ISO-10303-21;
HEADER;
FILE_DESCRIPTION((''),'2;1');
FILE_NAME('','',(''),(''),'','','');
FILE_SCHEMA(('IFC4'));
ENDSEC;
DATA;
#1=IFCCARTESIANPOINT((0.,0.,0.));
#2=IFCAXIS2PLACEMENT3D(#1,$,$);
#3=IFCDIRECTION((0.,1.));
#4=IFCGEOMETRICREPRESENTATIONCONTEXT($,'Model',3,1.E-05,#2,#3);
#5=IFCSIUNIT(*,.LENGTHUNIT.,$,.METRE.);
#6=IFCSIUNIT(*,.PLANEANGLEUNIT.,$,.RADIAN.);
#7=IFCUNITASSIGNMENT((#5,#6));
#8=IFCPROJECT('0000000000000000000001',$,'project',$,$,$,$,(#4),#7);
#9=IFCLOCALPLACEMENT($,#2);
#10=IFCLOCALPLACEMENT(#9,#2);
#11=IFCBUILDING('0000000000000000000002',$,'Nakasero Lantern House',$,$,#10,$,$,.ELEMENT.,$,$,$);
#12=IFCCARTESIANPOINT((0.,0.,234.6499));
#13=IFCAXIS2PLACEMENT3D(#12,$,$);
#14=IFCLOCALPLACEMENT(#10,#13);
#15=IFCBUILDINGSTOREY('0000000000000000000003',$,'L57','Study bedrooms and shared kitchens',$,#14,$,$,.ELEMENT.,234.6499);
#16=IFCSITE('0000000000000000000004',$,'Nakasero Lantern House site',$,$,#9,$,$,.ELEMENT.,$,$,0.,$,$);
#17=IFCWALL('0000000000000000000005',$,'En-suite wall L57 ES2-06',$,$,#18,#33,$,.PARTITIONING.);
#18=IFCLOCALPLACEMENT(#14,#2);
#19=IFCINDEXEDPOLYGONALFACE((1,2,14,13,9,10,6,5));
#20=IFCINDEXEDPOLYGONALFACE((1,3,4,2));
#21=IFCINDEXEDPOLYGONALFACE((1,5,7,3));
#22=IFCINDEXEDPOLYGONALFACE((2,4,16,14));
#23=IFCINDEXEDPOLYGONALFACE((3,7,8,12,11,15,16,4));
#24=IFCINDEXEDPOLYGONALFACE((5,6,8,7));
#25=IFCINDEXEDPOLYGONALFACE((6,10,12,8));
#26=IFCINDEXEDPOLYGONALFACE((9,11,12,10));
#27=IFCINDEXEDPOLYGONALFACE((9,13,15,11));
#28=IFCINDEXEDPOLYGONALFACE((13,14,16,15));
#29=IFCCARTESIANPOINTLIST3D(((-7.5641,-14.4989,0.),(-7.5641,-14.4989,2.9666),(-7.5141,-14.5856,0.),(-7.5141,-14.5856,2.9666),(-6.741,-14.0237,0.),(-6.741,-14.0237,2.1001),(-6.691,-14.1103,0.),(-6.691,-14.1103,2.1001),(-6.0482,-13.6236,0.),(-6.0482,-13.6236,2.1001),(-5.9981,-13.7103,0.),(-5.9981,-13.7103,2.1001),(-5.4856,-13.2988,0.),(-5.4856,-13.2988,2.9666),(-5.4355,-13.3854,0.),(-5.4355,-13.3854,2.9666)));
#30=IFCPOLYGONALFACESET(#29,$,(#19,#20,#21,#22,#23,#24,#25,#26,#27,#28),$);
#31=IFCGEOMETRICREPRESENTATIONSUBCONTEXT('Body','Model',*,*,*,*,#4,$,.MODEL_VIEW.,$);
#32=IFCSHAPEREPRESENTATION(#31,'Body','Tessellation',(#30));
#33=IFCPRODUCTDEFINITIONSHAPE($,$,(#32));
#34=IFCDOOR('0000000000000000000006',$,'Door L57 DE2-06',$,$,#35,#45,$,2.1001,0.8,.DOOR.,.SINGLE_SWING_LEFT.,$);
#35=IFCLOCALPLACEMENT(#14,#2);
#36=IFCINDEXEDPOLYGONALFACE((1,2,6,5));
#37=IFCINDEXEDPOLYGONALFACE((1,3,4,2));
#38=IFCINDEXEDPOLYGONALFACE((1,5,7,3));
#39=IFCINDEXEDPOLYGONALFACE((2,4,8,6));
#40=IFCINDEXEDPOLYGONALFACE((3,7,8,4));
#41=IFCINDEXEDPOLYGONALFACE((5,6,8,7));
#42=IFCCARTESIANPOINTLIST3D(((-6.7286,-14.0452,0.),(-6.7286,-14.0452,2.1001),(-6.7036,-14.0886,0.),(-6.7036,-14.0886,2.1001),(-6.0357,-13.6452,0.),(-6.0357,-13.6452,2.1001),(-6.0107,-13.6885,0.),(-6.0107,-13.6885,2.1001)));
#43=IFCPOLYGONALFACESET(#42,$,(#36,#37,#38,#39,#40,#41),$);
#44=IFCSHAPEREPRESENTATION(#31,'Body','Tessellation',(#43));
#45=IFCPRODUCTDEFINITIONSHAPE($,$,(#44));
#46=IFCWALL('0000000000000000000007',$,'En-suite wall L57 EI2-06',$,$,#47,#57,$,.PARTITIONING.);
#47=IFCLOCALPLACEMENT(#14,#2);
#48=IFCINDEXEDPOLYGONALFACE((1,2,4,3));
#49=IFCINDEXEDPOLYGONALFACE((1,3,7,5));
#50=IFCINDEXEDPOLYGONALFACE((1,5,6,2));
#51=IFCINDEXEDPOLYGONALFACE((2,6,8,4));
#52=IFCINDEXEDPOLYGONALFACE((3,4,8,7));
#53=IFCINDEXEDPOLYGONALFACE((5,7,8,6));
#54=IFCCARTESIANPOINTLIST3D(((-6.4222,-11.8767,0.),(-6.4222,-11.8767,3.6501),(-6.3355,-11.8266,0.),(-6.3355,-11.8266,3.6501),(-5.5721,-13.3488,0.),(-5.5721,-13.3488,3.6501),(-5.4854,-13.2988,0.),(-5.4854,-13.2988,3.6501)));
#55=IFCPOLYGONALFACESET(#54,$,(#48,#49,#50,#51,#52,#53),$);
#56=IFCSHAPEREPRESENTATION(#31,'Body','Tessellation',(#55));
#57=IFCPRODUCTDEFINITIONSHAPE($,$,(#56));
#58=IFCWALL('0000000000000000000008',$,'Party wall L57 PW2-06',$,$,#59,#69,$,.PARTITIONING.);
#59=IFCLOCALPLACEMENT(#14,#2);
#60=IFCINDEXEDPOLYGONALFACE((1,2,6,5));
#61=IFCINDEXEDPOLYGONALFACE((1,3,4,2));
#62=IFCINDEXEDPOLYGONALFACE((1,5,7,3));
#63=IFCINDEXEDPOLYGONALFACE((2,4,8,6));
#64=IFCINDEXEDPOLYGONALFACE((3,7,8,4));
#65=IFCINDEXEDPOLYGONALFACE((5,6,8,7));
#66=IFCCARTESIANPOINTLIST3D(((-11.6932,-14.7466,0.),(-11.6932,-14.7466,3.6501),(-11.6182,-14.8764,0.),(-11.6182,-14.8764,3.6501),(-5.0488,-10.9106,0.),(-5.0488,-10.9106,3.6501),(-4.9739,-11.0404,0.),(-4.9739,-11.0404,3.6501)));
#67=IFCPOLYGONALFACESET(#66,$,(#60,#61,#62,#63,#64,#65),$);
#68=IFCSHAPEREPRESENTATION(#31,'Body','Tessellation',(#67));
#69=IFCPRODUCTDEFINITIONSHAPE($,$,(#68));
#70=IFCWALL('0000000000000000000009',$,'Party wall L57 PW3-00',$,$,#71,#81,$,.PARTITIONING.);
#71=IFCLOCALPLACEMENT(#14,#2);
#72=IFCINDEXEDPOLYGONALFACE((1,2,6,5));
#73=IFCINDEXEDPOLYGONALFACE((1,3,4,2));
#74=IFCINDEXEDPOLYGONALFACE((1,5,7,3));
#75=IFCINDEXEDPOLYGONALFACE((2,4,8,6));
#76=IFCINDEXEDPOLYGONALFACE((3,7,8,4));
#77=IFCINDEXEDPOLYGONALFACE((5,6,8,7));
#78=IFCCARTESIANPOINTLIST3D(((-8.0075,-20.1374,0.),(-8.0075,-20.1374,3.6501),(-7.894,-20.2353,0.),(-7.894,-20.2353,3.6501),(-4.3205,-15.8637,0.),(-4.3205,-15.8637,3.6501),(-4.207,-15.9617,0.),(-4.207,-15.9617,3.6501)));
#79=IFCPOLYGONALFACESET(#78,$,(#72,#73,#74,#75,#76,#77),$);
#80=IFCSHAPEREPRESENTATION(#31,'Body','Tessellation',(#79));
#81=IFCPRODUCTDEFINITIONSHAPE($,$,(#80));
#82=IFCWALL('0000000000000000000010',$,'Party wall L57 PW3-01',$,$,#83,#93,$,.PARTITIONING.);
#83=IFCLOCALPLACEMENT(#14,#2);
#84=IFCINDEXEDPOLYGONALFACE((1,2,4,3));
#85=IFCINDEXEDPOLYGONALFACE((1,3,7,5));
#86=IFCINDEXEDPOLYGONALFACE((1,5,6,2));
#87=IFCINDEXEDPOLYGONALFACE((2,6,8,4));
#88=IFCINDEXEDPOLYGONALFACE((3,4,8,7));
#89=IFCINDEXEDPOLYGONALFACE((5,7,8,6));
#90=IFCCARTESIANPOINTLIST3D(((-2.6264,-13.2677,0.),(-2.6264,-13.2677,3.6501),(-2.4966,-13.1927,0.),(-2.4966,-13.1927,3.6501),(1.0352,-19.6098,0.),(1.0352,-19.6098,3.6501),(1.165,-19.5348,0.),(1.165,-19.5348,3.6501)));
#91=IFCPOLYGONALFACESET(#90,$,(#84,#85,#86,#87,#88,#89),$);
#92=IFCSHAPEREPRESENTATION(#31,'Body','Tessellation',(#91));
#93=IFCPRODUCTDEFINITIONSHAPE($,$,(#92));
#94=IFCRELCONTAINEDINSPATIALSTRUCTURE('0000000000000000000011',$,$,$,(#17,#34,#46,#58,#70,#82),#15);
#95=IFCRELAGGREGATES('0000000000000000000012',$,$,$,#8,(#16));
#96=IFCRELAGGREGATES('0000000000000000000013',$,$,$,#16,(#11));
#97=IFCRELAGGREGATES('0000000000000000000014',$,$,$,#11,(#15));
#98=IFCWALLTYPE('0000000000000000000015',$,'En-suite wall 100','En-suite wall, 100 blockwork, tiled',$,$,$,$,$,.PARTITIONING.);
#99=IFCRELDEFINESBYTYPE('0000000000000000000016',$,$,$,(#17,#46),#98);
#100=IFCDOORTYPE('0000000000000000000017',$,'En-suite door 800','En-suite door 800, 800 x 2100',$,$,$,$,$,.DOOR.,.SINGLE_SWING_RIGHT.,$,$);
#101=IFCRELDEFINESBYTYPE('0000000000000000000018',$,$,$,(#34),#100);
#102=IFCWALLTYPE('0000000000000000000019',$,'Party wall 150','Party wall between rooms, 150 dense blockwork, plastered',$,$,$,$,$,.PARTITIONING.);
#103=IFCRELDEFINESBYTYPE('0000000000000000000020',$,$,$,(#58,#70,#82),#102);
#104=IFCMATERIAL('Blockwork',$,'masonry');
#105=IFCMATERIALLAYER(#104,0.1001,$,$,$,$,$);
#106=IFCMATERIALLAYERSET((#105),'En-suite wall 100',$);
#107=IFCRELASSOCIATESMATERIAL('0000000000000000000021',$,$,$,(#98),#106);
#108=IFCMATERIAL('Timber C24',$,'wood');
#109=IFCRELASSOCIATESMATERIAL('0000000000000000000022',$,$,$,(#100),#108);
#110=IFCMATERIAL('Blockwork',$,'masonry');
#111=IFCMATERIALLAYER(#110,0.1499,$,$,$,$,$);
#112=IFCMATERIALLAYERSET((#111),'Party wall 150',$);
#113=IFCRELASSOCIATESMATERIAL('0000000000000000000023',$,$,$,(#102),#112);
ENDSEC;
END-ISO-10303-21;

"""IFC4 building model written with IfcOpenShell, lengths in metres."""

from ifc_helpers import new_model, si_unit, direction, frame, frame_2d, origin, place, context, subcontext, project, spatial, rectangle, extrude, material, layer, layer_set, type_object, element, fill, save


model = new_model("IFC4")

# Units and contexts
model_context = context("Model", 3, precision=1e-05, world=origin(), true_north=direction((0.0, 1.0)))
body_context = subcontext(model_context, "Body", "Model", "MODEL_VIEW")
ifc_project = project(units=[si_unit("LENGTHUNIT", "METRE"), si_unit("PLANEANGLEUNIT", "RADIAN")], contexts=[model_context])

# Site, building, storey
site_placement = place(None, origin())
site = spatial("IfcSite", under=ifc_project, at=site_placement, Name="Nakasero Lantern House site", CompositionType="ELEMENT", RefElevation=0.0)
building_placement = place(site_placement, origin())
building = spatial("IfcBuilding", under=site, at=building_placement, Name="Nakasero Lantern House", CompositionType="ELEMENT")
storey_placement = place(building_placement, frame((0.0, 0.0, 234.6499)))
storey = spatial("IfcBuildingStorey", under=building, at=storey_placement, Name="L57", Description="Study bedrooms and shared kitchens", CompositionType="ELEMENT", Elevation=234.6499)

# Wall, opening, door
ifc_material_1 = material(Name="Blockwork", Category="masonry")
ifc_layer_1 = layer(ifc_material_1, 0.1001)
ifc_layer_set_1 = layer_set([ifc_layer_1], Name="En-suite wall 100")
wall_type_1 = type_object("IfcWallType", Name="En-suite wall 100", Description="En-suite wall, 100 blockwork, tiled", PredefinedType="PARTITIONING", material=ifc_layer_set_1)
wall_1_placement = place(storey_placement, frame((-5.4604, -13.342, 0.0), z_axis=(0.0, 0.0, 1.0), x_axis=(-0.866006, -0.500034, 0.0)))
wall_1 = element("IfcWall", 1, at=wall_1_placement, inside=storey, type_object=wall_type_1, Name="En-suite wall L57 ES2-06", PredefinedType="PARTITIONING", context=body_context, shape_type="SweptSolid", body=[
    extrude(rectangle(XDim=2.4001, YDim=0.1001, at=frame_2d((1.2002, 0.0))), origin(), (0.0, 0.0, 1.0), 2.9666),
])
opening_1_placement = place(wall_1_placement, frame((0.6499, 0.0, 0.0)))
opening_1 = element("IfcOpeningElement", 2, at=opening_1_placement, cuts=wall_1, PredefinedType="OPENING", context=body_context, shape_type="SweptSolid", body=[
    extrude(rectangle(XDim=0.8, YDim=2.1001, at=frame_2d((0.3999, 1.05))), frame((0.0, 0.0701, 0.0), z_axis=(0.0, -1.0, 0.0), x_axis=(1.0, 0.0, 0.0)), (0.0, 0.0, 1.0), 0.1401),
])
ifc_material_2 = material(Name="Timber C24", Category="wood")
door_type_1 = type_object("IfcDoorType", Name="En-suite door 800", Description="En-suite door 800, 800 x 2100", OperationType="SINGLE_SWING_RIGHT", PredefinedType="DOOR", material=ifc_material_2)
door_1_placement = place(opening_1_placement, origin())
door_1 = element("IfcDoor", 3, at=door_1_placement, inside=storey, type_object=door_type_1, Name="Door L57 DE2-06", OperationType="SINGLE_SWING_LEFT", OverallHeight=2.1001, OverallWidth=0.8, PredefinedType="DOOR", context=body_context, shape_type="SweptSolid", body=[
    extrude(rectangle(XDim=0.8, YDim=2.1001, at=frame_2d((0.3999, 1.05))), frame((0.0, 0.0249, 0.0), z_axis=(0.0, -1.0, 0.0), x_axis=(1.0, 0.0, 0.0)), (0.0, 0.0, 1.0), 0.05),
])
fill(opening_1, door_1)

# Walls
wall_2_placement = place(storey_placement, frame((-6.3789, -11.8516, 0.0), z_axis=(0.0, 0.0, 1.0), x_axis=(0.500062, -0.865989, 0.0)))
element("IfcWall", 4, at=wall_2_placement, inside=storey, type_object=wall_type_1, Name="En-suite wall L57 EI2-06", PredefinedType="PARTITIONING", context=body_context, shape_type="SweptSolid", body=[
    extrude(rectangle(XDim=1.7, YDim=0.1001, at=frame_2d((0.8501, 0.0))), origin(), (0.0, 0.0, 1.0), 3.6501),
])
ifc_material_3 = material(Name="Blockwork", Category="masonry")
ifc_layer_2 = layer(ifc_material_3, 0.1499)
ifc_layer_set_2 = layer_set([ifc_layer_2], Name="Party wall 150")
wall_type_2 = type_object("IfcWallType", Name="Party wall 150", Description="Party wall between rooms, 150 dense blockwork, plastered", PredefinedType="PARTITIONING", material=ifc_layer_set_2)
wall_3_placement = place(storey_placement, frame((-5.0115, -10.9756, 0.0), z_axis=(0.0, 0.0, 1.0), x_axis=(-0.866034, -0.499986, 0.0)))
element("IfcWall", 5, at=wall_3_placement, inside=storey, type_object=wall_type_2, Name="Party wall L57 PW2-06", PredefinedType="PARTITIONING", context=body_context, shape_type="SweptSolid", body=[
    extrude(rectangle(XDim=7.6721, YDim=0.1499, at=frame_2d((3.8359, 0.0))), origin(), (0.0, 0.0, 1.0), 3.6501),
])
wall_4_placement = place(storey_placement, frame((-4.2637, -15.9126, 0.0), z_axis=(0.0, 0.0, 1.0), x_axis=(-0.653225, -0.757164, 0.0)))
element("IfcWall", 6, at=wall_4_placement, inside=storey, type_object=wall_type_2, Name="Party wall L57 PW3-00", PredefinedType="PARTITIONING", context=body_context, shape_type="SweptSolid", body=[
    extrude(rectangle(XDim=5.6443, YDim=0.1499, at=frame_2d((2.8223, 0.0))), origin(), (0.0, 0.0, 1.0), 3.6501),
])
wall_5_placement = place(storey_placement, frame((-2.5615, -13.2302, 0.0), z_axis=(0.0, 0.0, 1.0), x_axis=(0.500004, -0.866023, 0.0)))
element("IfcWall", 7, at=wall_5_placement, inside=storey, type_object=wall_type_2, Name="Party wall L57 PW3-01", PredefinedType="PARTITIONING", context=body_context, shape_type="SweptSolid", body=[
    extrude(rectangle(XDim=7.3232, YDim=0.1499, at=frame_2d((3.6616, 0.0))), origin(), (0.0, 0.0, 1.0), 3.6501),
])

save(model, "model.ifc")
